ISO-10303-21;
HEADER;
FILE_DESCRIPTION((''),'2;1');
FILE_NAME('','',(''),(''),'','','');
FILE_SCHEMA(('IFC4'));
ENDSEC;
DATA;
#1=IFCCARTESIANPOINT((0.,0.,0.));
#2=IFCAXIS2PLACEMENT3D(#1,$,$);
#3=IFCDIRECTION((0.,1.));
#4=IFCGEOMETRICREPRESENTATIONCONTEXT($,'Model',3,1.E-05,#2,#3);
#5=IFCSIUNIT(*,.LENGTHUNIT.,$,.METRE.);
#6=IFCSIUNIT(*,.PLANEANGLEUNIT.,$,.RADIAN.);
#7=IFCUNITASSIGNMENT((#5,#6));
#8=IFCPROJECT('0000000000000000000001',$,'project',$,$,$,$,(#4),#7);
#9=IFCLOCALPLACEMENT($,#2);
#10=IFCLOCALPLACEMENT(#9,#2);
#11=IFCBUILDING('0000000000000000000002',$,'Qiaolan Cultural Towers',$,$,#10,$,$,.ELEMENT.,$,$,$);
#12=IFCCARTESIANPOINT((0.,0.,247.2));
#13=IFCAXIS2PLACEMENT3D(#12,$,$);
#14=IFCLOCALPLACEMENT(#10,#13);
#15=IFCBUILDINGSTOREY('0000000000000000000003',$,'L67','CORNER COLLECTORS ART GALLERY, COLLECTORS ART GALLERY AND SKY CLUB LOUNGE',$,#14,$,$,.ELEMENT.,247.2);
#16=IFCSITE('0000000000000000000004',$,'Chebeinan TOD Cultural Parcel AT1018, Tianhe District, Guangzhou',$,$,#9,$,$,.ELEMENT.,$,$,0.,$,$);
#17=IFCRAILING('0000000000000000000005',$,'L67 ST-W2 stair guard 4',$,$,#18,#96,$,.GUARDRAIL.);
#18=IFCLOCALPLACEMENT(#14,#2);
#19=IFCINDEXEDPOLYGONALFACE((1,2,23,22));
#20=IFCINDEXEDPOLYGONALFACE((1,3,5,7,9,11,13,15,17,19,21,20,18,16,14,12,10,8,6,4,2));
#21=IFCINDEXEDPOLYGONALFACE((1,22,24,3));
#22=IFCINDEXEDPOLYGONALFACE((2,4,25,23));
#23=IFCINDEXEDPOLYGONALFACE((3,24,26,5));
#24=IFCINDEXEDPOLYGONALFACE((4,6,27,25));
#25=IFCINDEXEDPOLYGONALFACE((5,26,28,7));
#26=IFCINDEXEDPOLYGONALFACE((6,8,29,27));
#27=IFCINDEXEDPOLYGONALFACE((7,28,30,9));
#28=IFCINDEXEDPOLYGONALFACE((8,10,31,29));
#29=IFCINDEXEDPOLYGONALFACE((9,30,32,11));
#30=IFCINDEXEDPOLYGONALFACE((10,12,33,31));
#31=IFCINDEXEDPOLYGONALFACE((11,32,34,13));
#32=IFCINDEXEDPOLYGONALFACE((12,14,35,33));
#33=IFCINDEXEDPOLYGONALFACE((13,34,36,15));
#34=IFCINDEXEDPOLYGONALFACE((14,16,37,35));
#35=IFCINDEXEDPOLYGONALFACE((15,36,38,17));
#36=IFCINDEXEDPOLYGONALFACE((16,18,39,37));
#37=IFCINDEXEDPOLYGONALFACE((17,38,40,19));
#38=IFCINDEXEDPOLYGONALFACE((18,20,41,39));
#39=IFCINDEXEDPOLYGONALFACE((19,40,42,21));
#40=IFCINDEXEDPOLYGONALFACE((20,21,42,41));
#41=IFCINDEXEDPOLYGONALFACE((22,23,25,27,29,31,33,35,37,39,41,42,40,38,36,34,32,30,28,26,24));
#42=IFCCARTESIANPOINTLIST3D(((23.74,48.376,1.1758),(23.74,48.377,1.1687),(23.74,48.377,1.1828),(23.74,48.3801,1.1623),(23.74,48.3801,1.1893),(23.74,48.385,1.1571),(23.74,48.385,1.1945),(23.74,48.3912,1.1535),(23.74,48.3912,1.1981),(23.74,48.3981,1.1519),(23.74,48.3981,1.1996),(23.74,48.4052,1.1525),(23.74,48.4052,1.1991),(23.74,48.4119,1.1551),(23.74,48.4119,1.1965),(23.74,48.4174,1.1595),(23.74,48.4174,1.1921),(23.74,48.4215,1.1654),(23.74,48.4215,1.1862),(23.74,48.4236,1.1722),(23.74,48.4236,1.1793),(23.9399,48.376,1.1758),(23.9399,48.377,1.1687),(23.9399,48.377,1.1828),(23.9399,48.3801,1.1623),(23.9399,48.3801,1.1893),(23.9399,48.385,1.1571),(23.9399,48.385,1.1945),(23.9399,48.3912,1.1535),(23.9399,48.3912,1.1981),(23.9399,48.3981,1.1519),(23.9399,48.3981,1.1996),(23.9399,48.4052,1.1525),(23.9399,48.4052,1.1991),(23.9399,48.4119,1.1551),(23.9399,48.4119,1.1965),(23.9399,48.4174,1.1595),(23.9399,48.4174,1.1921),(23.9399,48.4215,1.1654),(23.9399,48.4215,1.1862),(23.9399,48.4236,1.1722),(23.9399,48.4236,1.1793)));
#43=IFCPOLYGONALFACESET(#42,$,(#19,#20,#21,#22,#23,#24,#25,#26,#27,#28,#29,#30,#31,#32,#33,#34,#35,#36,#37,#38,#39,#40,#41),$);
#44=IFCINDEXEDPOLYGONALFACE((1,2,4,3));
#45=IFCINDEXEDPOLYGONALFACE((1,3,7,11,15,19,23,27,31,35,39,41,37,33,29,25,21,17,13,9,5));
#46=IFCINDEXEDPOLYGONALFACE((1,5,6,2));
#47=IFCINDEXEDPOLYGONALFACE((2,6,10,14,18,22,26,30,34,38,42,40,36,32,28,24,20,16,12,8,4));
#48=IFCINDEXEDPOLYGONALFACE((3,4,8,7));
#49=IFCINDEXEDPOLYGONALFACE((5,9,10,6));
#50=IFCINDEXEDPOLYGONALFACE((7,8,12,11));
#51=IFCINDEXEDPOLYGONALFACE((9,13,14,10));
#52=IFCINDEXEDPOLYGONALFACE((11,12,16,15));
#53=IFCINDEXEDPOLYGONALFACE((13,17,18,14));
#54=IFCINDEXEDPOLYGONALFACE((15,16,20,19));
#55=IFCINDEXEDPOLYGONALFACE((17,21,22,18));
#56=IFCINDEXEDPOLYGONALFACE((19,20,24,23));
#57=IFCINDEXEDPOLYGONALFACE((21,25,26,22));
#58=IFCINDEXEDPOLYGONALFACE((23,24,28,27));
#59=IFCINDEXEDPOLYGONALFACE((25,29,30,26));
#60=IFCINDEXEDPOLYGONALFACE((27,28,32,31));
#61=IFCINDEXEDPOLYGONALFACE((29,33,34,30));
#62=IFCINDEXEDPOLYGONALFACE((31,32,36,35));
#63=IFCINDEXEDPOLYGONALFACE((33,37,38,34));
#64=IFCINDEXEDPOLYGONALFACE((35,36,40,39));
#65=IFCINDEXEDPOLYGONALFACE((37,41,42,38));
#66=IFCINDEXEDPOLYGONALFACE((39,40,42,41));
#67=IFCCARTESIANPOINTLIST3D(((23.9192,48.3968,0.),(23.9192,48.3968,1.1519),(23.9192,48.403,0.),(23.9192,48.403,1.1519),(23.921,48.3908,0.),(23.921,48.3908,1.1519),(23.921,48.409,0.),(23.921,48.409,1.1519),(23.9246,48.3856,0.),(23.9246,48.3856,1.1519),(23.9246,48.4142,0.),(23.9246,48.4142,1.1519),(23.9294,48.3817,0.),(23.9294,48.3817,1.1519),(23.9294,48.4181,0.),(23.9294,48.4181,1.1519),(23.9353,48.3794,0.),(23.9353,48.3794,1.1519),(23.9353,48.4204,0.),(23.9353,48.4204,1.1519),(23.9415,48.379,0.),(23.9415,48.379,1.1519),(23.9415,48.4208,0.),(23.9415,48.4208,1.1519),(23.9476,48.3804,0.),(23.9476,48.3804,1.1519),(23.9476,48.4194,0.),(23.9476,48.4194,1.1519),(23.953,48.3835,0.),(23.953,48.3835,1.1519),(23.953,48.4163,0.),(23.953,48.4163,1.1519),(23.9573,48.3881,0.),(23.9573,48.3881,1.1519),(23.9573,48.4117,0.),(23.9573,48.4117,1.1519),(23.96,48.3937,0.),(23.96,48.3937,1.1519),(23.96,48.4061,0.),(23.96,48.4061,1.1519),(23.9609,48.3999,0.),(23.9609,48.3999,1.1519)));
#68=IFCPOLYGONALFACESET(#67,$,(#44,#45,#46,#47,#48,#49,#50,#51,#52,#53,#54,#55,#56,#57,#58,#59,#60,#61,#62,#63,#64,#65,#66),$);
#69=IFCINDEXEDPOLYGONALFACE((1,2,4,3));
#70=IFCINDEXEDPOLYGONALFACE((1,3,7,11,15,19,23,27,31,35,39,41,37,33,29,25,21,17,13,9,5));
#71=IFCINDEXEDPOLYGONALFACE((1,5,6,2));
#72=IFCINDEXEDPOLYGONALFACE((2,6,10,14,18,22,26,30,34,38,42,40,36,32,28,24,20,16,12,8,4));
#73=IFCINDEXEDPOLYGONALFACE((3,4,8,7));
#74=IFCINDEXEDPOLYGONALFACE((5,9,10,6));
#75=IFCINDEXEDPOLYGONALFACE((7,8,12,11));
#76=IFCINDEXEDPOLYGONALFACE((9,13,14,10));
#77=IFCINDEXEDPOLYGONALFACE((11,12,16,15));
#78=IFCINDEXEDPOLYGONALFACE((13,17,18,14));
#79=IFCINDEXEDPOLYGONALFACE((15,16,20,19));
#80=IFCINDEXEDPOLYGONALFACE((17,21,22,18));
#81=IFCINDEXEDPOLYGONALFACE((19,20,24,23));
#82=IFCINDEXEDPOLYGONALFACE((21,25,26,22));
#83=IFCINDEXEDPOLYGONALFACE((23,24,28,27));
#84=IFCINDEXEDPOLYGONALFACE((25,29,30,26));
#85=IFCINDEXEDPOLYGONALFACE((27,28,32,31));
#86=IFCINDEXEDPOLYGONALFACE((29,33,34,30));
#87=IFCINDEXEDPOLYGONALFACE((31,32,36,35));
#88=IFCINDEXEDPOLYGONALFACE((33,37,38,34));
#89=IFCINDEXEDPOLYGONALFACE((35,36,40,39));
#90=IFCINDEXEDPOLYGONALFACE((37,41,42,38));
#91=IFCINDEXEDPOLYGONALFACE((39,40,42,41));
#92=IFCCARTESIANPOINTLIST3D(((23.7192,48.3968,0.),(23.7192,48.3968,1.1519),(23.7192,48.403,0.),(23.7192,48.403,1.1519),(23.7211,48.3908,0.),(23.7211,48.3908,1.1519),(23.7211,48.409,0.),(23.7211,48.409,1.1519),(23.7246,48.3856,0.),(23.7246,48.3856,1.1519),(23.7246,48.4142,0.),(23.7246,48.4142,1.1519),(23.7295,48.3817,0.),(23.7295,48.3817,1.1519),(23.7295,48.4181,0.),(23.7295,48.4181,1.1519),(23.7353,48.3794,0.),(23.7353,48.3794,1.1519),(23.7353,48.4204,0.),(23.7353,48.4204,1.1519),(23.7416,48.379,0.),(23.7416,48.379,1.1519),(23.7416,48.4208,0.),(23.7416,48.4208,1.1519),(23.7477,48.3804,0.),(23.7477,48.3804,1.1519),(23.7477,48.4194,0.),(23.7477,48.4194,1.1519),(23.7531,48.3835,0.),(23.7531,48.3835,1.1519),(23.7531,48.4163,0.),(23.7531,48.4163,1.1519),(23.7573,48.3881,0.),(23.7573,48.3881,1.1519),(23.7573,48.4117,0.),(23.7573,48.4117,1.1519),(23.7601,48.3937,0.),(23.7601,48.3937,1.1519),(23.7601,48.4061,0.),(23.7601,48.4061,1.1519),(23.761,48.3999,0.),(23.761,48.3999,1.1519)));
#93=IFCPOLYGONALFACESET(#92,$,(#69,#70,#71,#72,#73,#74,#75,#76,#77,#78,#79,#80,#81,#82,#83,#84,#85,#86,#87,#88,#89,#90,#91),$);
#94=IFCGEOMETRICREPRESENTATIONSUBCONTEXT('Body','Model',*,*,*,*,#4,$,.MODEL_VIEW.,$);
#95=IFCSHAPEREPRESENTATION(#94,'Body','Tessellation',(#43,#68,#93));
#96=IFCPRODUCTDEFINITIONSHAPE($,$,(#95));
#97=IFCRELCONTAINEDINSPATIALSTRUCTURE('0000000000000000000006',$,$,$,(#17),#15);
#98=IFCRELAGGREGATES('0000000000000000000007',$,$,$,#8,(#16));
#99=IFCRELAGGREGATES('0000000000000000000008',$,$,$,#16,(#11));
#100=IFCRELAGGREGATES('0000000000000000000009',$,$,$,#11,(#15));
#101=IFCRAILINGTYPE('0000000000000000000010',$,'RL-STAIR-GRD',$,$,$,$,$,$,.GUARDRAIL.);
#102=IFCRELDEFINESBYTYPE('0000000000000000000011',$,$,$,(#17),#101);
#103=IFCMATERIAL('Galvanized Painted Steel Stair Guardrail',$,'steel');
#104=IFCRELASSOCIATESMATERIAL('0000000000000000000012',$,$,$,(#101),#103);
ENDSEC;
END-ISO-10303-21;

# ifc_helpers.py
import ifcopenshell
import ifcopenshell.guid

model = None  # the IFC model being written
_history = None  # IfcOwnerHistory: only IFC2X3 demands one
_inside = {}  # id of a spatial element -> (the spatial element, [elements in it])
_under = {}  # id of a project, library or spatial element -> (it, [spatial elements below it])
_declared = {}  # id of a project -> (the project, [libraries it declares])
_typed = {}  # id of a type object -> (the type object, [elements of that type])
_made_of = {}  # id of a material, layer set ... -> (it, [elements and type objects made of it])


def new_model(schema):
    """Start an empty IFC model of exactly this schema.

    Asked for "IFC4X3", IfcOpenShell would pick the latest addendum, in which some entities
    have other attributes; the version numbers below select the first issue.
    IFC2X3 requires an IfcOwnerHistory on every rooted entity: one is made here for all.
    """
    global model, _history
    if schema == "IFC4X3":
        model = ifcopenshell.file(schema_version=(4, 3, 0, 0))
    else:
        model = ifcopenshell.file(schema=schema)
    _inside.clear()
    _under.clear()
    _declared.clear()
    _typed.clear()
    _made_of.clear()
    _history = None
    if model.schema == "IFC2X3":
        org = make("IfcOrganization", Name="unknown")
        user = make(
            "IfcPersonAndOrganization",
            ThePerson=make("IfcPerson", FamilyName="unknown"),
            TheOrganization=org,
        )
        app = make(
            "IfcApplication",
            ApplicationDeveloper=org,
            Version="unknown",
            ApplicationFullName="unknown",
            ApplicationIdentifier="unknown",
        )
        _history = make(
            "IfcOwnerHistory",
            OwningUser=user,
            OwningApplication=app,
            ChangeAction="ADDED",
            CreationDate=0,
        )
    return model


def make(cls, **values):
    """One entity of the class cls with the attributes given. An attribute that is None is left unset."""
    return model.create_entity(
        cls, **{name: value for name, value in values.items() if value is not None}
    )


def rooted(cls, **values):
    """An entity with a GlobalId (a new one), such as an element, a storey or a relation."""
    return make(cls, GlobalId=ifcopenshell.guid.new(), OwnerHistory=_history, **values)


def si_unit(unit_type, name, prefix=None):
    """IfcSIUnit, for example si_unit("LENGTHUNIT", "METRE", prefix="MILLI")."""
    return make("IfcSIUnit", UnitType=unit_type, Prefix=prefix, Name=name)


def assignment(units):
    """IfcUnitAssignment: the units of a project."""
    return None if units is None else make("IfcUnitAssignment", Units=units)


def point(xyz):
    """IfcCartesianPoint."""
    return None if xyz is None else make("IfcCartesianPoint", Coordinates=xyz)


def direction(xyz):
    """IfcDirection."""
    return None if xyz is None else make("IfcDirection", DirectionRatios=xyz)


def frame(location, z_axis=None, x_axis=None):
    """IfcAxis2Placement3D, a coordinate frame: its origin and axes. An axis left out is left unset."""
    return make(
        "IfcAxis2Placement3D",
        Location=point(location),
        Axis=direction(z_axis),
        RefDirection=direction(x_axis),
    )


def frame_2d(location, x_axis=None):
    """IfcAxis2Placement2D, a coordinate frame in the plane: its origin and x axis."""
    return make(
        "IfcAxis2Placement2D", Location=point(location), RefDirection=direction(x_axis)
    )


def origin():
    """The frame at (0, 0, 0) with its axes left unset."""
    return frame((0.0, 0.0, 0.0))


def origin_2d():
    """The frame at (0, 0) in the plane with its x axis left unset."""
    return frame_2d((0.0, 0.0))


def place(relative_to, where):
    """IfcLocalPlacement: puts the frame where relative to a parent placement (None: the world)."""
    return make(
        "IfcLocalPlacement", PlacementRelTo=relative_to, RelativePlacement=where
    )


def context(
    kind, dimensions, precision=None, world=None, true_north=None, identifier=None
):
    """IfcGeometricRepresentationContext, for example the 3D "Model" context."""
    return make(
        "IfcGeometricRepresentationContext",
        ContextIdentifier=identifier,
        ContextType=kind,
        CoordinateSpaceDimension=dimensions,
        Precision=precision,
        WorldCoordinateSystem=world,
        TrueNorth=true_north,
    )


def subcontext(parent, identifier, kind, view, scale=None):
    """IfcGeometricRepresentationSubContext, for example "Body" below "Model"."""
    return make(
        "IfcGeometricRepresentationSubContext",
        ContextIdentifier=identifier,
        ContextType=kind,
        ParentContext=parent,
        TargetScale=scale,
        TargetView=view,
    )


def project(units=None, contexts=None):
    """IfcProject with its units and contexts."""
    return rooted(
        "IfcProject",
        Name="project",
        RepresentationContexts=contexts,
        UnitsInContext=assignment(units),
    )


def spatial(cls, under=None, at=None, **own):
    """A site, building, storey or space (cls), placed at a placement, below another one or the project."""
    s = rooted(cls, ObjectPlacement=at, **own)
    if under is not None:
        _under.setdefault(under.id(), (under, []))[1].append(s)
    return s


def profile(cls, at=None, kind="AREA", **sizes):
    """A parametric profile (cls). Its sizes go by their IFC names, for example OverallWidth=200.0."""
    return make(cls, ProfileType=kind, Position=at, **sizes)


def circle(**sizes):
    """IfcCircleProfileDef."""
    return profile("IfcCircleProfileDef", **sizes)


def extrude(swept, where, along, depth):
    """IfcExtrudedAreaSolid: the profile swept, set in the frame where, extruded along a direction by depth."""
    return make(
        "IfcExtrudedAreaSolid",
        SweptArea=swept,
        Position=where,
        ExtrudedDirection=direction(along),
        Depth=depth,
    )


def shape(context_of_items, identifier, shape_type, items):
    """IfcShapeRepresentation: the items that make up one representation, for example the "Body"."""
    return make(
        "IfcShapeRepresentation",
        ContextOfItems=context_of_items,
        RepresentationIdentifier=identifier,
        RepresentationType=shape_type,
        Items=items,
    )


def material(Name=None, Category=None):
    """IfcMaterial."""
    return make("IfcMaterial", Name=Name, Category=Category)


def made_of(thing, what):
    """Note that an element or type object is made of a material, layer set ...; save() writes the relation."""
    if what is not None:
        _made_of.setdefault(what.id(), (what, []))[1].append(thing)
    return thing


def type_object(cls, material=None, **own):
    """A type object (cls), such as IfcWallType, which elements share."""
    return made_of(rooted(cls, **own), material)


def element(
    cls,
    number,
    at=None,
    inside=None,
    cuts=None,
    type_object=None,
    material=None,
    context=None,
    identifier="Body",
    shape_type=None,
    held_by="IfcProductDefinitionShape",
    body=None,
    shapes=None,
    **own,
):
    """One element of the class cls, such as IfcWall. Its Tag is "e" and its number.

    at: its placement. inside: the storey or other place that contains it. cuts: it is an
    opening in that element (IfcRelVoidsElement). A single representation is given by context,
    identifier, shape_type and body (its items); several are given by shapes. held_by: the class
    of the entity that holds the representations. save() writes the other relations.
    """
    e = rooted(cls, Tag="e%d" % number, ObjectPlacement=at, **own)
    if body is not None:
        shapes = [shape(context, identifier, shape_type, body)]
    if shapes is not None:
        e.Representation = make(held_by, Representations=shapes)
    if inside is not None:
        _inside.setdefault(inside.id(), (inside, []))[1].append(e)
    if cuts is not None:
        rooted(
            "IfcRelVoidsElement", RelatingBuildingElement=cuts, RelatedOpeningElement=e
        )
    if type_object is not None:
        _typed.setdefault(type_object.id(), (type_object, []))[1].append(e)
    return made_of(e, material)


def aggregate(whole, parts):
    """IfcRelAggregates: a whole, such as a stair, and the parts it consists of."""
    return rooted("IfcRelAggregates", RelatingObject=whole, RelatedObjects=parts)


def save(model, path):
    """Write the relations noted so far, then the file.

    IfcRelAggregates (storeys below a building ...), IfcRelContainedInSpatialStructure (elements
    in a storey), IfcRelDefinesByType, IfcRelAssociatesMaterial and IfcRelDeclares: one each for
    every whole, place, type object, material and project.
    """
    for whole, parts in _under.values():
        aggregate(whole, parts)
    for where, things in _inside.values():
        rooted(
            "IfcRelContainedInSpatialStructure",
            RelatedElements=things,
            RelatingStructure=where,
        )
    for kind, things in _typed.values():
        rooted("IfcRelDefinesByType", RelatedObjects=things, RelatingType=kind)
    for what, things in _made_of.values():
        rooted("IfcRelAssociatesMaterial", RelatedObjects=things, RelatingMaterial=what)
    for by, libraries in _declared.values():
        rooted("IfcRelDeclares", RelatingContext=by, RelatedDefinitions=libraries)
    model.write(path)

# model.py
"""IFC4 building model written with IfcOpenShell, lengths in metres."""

from ifc_helpers import new_model, si_unit, direction, frame, origin, origin_2d, place, context, subcontext, project, spatial, circle, extrude, material, type_object, element, save


model = new_model("IFC4")

# Units and contexts
model_context = context("Model", 3, precision=1e-05, world=origin(), true_north=direction((0.0, 1.0)))
body_context = subcontext(model_context, "Body", "Model", "MODEL_VIEW")
ifc_project = project(units=[si_unit("LENGTHUNIT", "METRE"), si_unit("PLANEANGLEUNIT", "RADIAN")], contexts=[model_context])

# Site, building, storey
site_placement = place(None, origin())
site = spatial("IfcSite", under=ifc_project, at=site_placement, Name="Chebeinan TOD Cultural Parcel AT1018, Tianhe District, Guangzhou", CompositionType="ELEMENT", RefElevation=0.0)
building_placement = place(site_placement, origin())
building = spatial("IfcBuilding", under=site, at=building_placement, Name="Qiaolan Cultural Towers", CompositionType="ELEMENT")
storey_placement = place(building_placement, frame((0.0, 0.0, 247.2)))
storey = spatial("IfcBuildingStorey", under=building, at=storey_placement, Name="L67", Description="CORNER COLLECTORS ART GALLERY, COLLECTORS ART GALLERY AND SKY CLUB LOUNGE", CompositionType="ELEMENT", Elevation=247.2)

# Railing
ifc_material_1 = material(Name="Galvanized Painted Steel Stair Guardrail", Category="steel")
railing_type_1 = type_object("IfcRailingType", Name="RL-STAIR-GRD", PredefinedType="GUARDRAIL", material=ifc_material_1)
railing_1_placement = place(storey_placement, frame((23.9399, 48.3999, 0.0)))
element("IfcRailing", 1, at=railing_1_placement, inside=storey, type_object=railing_type_1, Name="L67 ST-W2 stair guard 4", PredefinedType="GUARDRAIL", context=body_context, shape_type="SweptSolid", body=[
    extrude(circle(Radius=0.0239, at=origin_2d()), frame((0.0, 0.0, 1.1758), z_axis=(-1.0, 0.0, 0.0), x_axis=(0.0, -1.0, 0.0)), (0.0, 0.0, 1.0), 0.2),
    extrude(circle(Radius=0.021, at=origin_2d()), origin(), (0.0, 0.0, 1.0), 1.1519),
    extrude(circle(Radius=0.021, at=origin_2d()), frame((-0.2, 0.0, 0.0)), (0.0, 0.0, 1.0), 1.1519),
])

save(model, "model.ifc")
